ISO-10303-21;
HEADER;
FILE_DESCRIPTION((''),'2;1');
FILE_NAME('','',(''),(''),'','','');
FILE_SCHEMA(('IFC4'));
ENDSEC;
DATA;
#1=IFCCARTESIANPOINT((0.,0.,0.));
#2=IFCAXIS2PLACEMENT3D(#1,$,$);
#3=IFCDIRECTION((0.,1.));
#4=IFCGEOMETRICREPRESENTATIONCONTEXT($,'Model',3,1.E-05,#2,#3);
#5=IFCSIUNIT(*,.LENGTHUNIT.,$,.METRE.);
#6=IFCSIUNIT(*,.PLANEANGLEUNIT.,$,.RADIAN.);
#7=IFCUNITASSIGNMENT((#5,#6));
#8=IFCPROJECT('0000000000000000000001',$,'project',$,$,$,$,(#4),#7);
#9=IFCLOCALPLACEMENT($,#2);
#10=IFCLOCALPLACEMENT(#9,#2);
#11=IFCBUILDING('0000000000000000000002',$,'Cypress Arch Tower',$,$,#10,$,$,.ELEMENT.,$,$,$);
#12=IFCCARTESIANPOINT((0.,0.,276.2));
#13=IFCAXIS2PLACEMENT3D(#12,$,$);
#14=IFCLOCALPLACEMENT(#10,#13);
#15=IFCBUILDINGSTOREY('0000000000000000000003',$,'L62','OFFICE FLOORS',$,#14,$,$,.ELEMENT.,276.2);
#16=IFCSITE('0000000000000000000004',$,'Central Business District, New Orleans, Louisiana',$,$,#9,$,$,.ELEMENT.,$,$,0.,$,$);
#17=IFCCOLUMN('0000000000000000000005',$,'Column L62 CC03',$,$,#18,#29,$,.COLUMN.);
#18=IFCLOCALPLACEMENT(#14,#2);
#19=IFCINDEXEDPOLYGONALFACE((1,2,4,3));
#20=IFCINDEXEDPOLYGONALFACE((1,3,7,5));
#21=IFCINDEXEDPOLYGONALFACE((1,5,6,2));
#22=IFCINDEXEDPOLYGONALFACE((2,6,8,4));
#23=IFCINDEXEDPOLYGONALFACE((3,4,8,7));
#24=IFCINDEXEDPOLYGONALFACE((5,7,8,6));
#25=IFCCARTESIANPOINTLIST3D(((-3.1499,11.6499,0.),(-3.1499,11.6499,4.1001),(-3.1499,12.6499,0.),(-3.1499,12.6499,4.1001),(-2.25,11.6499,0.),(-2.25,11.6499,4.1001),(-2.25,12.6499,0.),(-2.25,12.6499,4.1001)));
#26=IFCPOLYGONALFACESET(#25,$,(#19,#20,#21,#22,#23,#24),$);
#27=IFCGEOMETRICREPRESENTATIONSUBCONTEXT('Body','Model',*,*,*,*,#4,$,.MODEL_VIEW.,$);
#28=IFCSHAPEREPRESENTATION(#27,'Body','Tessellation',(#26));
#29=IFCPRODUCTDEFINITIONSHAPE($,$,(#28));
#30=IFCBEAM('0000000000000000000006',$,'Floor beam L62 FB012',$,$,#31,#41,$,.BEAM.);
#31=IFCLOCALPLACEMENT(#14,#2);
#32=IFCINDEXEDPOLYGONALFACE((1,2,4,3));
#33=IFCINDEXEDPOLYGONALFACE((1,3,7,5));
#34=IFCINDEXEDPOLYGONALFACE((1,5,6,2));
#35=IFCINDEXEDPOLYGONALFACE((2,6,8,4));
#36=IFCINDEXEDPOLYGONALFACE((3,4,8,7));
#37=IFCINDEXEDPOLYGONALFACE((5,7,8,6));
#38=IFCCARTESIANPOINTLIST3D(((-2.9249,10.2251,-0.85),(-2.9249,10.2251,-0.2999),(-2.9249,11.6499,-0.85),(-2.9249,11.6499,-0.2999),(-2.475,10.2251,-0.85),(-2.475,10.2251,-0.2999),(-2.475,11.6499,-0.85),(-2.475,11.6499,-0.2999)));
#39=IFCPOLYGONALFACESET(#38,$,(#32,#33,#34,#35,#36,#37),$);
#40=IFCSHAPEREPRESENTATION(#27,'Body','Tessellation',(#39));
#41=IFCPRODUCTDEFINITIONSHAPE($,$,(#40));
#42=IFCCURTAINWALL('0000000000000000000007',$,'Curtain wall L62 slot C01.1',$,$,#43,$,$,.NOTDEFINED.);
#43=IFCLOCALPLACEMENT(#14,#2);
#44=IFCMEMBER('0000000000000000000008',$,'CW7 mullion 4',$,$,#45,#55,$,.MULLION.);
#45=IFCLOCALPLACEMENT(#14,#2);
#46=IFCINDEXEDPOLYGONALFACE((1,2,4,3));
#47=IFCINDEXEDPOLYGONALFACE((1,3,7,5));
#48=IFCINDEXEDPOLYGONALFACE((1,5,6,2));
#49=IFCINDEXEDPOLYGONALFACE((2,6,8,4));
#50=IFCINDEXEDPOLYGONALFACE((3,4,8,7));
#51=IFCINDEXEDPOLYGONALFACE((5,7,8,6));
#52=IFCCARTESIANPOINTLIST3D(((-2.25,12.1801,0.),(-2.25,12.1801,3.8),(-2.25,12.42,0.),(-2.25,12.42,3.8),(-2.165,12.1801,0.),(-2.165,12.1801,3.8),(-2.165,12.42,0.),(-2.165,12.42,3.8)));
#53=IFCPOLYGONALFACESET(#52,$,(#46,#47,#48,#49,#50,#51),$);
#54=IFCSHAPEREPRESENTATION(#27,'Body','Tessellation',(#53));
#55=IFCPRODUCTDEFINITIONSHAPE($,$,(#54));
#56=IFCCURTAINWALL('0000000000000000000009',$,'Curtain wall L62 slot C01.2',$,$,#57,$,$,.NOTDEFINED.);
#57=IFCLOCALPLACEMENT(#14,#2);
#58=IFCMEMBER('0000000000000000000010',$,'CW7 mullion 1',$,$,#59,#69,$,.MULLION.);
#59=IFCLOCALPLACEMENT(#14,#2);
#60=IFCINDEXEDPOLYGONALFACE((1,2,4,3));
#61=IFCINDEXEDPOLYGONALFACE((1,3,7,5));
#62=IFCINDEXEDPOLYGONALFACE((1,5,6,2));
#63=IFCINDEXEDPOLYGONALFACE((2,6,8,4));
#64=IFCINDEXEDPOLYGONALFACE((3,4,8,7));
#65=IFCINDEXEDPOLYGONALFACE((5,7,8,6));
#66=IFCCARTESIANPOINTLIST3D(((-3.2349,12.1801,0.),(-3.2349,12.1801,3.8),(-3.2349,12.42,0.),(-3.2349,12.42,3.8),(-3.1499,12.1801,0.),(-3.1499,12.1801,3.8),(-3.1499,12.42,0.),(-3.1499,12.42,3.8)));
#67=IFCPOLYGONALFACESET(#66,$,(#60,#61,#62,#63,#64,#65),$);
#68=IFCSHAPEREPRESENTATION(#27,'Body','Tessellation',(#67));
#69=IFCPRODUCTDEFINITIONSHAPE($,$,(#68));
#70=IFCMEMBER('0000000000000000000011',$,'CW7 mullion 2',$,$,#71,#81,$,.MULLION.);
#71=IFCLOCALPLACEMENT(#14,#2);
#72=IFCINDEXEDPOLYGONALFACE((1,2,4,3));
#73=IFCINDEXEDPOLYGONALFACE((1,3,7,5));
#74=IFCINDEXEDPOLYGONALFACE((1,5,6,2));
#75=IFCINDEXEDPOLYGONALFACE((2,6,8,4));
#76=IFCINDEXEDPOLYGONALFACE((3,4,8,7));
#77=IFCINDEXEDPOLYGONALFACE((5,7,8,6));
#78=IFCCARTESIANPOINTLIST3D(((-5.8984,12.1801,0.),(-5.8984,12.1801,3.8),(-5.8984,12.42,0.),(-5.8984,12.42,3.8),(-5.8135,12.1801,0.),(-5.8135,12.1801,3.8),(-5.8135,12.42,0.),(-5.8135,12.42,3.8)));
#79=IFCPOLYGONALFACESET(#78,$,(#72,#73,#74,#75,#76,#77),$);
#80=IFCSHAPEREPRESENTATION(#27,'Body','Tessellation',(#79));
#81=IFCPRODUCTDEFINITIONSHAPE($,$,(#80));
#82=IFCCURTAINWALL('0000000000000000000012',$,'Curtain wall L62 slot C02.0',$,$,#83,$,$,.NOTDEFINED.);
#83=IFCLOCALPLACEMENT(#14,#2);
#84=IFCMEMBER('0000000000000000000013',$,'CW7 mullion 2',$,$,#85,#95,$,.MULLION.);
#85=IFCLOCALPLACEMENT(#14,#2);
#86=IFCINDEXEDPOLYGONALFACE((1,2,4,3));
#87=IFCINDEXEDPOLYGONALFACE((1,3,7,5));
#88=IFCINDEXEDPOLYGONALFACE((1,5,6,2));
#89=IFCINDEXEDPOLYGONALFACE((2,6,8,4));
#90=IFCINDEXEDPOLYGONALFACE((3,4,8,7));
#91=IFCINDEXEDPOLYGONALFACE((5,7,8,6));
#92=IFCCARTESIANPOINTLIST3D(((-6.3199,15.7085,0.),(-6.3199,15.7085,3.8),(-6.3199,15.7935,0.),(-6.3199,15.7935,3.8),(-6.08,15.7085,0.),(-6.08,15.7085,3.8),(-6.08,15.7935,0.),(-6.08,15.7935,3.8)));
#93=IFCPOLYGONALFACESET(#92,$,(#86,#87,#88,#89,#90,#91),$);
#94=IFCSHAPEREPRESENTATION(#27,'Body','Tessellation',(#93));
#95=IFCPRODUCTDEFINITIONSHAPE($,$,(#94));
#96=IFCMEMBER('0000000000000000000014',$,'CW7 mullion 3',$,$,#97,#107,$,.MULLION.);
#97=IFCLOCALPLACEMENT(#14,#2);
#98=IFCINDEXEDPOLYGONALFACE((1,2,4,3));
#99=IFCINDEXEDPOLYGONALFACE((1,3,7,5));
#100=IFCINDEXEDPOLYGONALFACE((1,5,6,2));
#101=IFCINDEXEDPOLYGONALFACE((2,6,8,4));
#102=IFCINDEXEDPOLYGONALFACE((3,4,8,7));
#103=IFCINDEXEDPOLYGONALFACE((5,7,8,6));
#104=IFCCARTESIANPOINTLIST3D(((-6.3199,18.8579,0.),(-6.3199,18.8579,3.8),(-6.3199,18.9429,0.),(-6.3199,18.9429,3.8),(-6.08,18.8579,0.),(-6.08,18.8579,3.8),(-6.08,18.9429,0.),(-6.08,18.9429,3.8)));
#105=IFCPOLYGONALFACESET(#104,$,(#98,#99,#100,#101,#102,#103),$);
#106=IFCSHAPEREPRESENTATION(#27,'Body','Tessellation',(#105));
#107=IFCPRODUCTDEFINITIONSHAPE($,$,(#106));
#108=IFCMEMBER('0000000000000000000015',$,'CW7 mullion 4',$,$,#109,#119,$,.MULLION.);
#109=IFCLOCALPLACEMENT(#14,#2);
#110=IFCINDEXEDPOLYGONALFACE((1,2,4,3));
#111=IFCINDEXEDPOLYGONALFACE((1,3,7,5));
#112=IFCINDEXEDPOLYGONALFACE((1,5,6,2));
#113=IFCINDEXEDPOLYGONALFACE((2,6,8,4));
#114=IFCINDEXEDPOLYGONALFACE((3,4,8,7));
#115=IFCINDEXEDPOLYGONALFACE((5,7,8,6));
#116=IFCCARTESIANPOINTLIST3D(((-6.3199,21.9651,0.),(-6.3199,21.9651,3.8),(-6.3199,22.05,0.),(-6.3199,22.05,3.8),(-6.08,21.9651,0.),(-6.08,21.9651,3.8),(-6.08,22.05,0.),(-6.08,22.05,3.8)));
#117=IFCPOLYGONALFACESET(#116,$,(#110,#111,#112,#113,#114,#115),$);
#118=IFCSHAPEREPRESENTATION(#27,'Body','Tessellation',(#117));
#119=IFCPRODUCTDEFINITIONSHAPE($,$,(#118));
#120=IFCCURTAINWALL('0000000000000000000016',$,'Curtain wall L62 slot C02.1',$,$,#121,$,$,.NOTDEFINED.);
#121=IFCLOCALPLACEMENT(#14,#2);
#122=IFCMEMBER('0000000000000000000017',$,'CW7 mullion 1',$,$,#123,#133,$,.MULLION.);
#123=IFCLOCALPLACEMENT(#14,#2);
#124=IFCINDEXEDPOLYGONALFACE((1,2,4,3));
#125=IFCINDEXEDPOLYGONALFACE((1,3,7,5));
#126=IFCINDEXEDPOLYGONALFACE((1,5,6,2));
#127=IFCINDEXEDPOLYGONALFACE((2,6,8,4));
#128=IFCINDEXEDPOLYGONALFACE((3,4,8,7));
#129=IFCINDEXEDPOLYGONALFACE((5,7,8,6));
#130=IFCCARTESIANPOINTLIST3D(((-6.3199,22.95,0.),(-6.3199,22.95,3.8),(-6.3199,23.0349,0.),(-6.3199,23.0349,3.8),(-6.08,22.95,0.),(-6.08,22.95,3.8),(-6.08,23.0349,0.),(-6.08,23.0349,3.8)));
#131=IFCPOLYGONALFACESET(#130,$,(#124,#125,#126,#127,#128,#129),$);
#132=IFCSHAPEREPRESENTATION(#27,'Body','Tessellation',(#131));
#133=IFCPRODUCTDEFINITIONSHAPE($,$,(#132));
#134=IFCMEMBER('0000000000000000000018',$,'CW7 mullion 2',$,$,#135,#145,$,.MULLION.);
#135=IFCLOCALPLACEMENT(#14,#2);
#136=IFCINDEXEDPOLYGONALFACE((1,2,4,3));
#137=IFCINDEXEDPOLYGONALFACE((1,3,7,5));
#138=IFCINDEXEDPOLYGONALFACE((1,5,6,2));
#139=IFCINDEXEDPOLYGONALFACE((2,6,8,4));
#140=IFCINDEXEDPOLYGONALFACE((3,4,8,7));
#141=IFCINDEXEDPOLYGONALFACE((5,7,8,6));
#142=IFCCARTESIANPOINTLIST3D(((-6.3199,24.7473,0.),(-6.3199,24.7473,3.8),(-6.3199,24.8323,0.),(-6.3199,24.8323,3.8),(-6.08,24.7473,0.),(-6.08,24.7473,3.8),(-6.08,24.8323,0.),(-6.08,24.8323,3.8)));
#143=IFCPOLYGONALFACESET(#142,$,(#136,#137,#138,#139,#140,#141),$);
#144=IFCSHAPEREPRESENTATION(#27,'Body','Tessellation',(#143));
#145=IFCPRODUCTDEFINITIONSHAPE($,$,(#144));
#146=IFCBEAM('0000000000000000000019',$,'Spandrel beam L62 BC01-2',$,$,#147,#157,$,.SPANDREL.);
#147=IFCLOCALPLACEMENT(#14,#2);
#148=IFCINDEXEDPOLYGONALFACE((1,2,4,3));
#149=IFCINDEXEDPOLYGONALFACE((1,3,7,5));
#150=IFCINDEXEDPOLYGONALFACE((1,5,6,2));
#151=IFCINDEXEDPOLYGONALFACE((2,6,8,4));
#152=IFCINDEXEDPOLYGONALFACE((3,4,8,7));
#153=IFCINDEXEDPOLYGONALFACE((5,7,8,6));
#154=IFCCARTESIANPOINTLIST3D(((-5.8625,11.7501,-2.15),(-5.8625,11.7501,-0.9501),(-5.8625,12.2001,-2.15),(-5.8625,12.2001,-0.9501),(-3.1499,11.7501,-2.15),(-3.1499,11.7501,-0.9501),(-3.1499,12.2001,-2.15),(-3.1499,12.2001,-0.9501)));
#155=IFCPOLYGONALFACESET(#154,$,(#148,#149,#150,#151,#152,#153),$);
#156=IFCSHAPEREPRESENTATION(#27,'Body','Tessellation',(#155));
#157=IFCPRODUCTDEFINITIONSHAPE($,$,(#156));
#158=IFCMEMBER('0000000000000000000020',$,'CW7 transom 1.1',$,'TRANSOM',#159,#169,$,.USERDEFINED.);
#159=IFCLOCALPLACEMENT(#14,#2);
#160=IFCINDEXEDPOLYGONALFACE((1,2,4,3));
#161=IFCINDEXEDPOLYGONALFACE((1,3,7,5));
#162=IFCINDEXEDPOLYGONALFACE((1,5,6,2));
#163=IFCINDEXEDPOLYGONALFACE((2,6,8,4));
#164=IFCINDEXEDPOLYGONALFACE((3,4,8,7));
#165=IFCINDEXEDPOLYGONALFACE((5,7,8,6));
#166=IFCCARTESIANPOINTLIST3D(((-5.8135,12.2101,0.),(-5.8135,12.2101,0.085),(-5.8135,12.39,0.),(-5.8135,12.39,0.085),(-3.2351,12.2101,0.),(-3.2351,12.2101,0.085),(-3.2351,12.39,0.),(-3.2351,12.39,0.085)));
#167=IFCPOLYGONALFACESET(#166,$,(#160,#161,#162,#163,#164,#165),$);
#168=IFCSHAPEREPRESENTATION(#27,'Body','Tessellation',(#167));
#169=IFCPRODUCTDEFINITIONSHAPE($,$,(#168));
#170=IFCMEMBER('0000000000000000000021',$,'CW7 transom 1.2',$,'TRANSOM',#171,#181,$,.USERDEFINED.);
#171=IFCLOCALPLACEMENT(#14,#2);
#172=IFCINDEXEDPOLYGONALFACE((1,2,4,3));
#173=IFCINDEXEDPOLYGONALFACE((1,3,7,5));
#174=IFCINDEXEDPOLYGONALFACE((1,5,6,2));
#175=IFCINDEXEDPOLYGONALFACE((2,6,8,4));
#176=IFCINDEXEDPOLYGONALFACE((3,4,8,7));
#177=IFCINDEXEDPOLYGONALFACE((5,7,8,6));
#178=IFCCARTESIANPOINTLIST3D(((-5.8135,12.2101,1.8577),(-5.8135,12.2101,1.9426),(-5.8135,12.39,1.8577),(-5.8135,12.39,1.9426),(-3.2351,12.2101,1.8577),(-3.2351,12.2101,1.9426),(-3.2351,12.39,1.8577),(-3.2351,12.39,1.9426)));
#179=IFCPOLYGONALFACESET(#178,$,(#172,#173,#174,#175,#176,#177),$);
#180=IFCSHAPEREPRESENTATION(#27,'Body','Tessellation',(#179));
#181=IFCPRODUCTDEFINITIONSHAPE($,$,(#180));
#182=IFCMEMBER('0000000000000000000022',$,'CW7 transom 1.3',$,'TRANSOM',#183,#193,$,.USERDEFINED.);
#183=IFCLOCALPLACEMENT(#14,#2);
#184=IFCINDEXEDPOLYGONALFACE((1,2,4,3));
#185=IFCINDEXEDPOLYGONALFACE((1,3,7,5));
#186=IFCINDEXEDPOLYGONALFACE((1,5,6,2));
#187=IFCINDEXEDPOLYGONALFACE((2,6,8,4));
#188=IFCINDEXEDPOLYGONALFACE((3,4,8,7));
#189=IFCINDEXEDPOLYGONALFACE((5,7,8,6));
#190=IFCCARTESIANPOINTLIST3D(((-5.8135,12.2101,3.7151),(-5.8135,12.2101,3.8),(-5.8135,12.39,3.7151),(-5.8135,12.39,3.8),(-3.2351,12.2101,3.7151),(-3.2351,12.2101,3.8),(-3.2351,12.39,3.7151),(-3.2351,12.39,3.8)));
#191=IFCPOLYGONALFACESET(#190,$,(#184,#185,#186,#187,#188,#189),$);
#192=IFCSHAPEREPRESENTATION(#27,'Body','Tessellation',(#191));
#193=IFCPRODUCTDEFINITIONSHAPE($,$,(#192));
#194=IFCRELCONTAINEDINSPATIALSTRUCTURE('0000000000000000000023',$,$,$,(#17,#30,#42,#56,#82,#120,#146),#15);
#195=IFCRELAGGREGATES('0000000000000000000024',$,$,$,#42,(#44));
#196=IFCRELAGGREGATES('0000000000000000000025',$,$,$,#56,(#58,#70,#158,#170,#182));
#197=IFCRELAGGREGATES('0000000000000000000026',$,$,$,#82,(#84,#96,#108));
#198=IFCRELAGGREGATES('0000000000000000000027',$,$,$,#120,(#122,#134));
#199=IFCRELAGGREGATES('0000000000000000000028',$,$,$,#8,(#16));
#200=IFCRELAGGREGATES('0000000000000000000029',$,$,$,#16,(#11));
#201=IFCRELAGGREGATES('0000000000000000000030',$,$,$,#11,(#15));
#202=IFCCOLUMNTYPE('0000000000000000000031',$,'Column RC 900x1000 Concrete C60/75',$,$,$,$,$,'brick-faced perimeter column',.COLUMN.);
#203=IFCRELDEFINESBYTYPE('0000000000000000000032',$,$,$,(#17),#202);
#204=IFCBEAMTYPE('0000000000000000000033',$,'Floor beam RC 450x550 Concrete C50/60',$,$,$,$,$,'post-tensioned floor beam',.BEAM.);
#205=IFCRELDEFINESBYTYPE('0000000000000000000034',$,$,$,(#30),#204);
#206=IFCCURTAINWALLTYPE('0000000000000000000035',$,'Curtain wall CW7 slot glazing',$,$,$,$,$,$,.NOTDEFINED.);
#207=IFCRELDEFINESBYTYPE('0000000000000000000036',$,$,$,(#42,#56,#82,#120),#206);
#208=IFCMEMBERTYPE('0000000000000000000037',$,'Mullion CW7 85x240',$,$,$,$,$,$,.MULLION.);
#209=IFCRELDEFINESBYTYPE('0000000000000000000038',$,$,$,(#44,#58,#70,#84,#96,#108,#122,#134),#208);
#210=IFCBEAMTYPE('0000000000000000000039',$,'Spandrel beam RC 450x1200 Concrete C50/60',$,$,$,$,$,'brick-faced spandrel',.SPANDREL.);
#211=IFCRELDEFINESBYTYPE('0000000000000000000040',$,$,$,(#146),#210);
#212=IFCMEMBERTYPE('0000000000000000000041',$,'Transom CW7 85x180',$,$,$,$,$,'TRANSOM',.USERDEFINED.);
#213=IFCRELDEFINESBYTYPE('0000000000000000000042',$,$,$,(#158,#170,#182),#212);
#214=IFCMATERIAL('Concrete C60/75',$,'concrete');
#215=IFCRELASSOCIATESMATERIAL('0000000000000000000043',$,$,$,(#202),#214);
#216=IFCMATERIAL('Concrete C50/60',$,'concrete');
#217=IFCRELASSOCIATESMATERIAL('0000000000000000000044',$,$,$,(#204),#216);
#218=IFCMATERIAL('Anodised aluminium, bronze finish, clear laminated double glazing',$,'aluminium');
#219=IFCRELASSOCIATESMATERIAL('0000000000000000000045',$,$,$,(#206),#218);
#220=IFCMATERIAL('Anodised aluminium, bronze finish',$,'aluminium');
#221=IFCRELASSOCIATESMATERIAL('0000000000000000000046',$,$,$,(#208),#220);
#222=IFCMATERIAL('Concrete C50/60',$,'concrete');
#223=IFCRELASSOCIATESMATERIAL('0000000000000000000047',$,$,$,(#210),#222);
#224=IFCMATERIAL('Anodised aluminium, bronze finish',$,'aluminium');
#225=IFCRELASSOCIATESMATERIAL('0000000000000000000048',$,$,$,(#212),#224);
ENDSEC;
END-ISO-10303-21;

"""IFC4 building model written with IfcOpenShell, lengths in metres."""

from ifc_helpers import new_model, si_unit, direction, frame, origin, origin_2d, place, context, subcontext, project, spatial, rectangle, extrude, material, material_profile, profile_set, type_object, element, aggregate, save


model = new_model("IFC4")

# Units and contexts
model_context = context("Model", 3, precision=1e-05, world=origin(), true_north=direction((0.0, 1.0)))
body_context = subcontext(model_context, "Body", "Model", "MODEL_VIEW")
ifc_project = project(units=[si_unit("LENGTHUNIT", "METRE"), si_unit("PLANEANGLEUNIT", "RADIAN")], contexts=[model_context])

# Site, building, storey
site_placement = place(None, origin())
site = spatial("IfcSite", under=ifc_project, at=site_placement, Name="Central Business District, New Orleans, Louisiana", CompositionType="ELEMENT", RefElevation=0.0)
building_placement = place(site_placement, origin())
building = spatial("IfcBuilding", under=site, at=building_placement, Name="Cypress Arch Tower", CompositionType="ELEMENT")
storey_placement = place(building_placement, frame((0.0, 0.0, 276.2)))
storey = spatial("IfcBuildingStorey", under=building, at=storey_placement, Name="L62", Description="OFFICE FLOORS", CompositionType="ELEMENT", Elevation=276.2)

# Column
ifc_material_1 = material(Name="Concrete C60/75", Category="concrete")
ifc_material_profile_1 = material_profile(ifc_material_1, rectangle(XDim=0.8999, YDim=1.0, at=origin_2d()), Name="RC 900x1000")
ifc_profile_set_1 = profile_set([ifc_material_profile_1], Name="Concrete C60/75")
column_type = type_object("IfcColumnType", Name="Column RC 900x1000 Concrete C60/75", ElementType="brick-faced perimeter column", PredefinedType="COLUMN", material=ifc_profile_set_1)
column_placement = place(storey_placement, frame((-2.7, 12.1499, 0.0), z_axis=(0.0, 0.0, 1.0), x_axis=(-1.0, 0.0, 0.0)))
element("IfcColumn", 1, at=column_placement, inside=storey, type_object=column_type, Name="Column L62 CC03", PredefinedType="COLUMN", context=body_context, shape_type="SweptSolid", body=[
    extrude(rectangle(XDim=0.8999, YDim=1.0, at=origin_2d()), origin(), (0.0, 0.0, 1.0), 4.1001),
])

# Beam
ifc_material_2 = material(Name="Concrete C50/60", Category="concrete")
ifc_material_profile_2 = material_profile(ifc_material_2, rectangle(XDim=0.45, YDim=0.55, at=origin_2d()), Name="RC 450x550")
ifc_profile_set_2 = profile_set([ifc_material_profile_2], Name="Concrete C50/60")
beam_type_1 = type_object("IfcBeamType", Name="Floor beam RC 450x550 Concrete C50/60", ElementType="post-tensioned floor beam", PredefinedType="BEAM", material=ifc_profile_set_2)
beam_1_placement = place(storey_placement, frame((-2.7, 10.2251, -0.575), z_axis=(0.0, 1.0, 0.0), x_axis=(-1.0, 0.0, 0.0)))
element("IfcBeam", 2, at=beam_1_placement, inside=storey, type_object=beam_type_1, Name="Floor beam L62 FB012", PredefinedType="BEAM", context=body_context, shape_type="SweptSolid", body=[
    extrude(rectangle(XDim=0.45, YDim=0.55, at=origin_2d()), origin(), (0.0, 0.0, 1.0), 1.4248),
])

# Curtain wall, member
ifc_material_3 = material(Name="Anodised aluminium, bronze finish, clear laminated double glazing", Category="aluminium")
curtain_wall_type = type_object("IfcCurtainWallType", Name="Curtain wall CW7 slot glazing", PredefinedType="NOTDEFINED", material=ifc_material_3)
curtain_wall_1_placement = place(storey_placement, origin())
curtain_wall_1 = element("IfcCurtainWall", 3, at=curtain_wall_1_placement, inside=storey, type_object=curtain_wall_type, Name="Curtain wall L62 slot C01.1", PredefinedType="NOTDEFINED")
ifc_material_4 = material(Name="Anodised aluminium, bronze finish", Category="aluminium")
ifc_material_profile_3 = material_profile(ifc_material_4, rectangle(XDim=0.24, YDim=0.085, at=origin_2d()), Name="Mullion 85x240")
ifc_profile_set_3 = profile_set([ifc_material_profile_3], Name="Anodised aluminium, bronze finish")
member_type_1 = type_object("IfcMemberType", Name="Mullion CW7 85x240", PredefinedType="MULLION", material=ifc_profile_set_3)
member_1_placement = place(storey_placement, frame((-2.2075, 12.3, 0.0), z_axis=(0.0, 0.0, 1.0), x_axis=(0.0, -1.0, 0.0)))
member_1 = element("IfcMember", 4, at=member_1_placement, type_object=member_type_1, Name="CW7 mullion 4", PredefinedType="MULLION", context=body_context, shape_type="SweptSolid", body=[
    extrude(rectangle(XDim=0.24, YDim=0.085, at=origin_2d()), origin(), (0.0, 0.0, 1.0), 3.8),
])

# Curtain walls, members
curtain_wall_2_placement = place(storey_placement, origin())
curtain_wall_2 = element("IfcCurtainWall", 5, at=curtain_wall_2_placement, inside=storey, type_object=curtain_wall_type, Name="Curtain wall L62 slot C01.2", PredefinedType="NOTDEFINED")
member_2_placement = place(storey_placement, frame((-3.1924, 12.3, 0.0), z_axis=(0.0, 0.0, 1.0), x_axis=(0.0, -1.0, 0.0)))
member_2 = element("IfcMember", 6, at=member_2_placement, type_object=member_type_1, Name="CW7 mullion 1", PredefinedType="MULLION", context=body_context, shape_type="SweptSolid", body=[
    extrude(rectangle(XDim=0.24, YDim=0.085, at=origin_2d()), origin(), (0.0, 0.0, 1.0), 3.8),
])
member_3_placement = place(storey_placement, frame((-5.856, 12.3, 0.0), z_axis=(0.0, 0.0, 1.0), x_axis=(0.0, -1.0, 0.0)))
member_3 = element("IfcMember", 7, at=member_3_placement, type_object=member_type_1, Name="CW7 mullion 2", PredefinedType="MULLION", context=body_context, shape_type="SweptSolid", body=[
    extrude(rectangle(XDim=0.24, YDim=0.085, at=origin_2d()), origin(), (0.0, 0.0, 1.0), 3.8),
])
curtain_wall_3_placement = place(storey_placement, origin())
curtain_wall_3 = element("IfcCurtainWall", 8, at=curtain_wall_3_placement, inside=storey, type_object=curtain_wall_type, Name="Curtain wall L62 slot C02.0", PredefinedType="NOTDEFINED")
member_4_placement = place(storey_placement, frame((-6.2, 15.751, 0.0), z_axis=(0.0, 0.0, 1.0), x_axis=(-1.0, 0.0, 0.0)))
member_4 = element("IfcMember", 9, at=member_4_placement, type_object=member_type_1, Name="CW7 mullion 2", PredefinedType="MULLION", context=body_context, shape_type="SweptSolid", body=[
    extrude(rectangle(XDim=0.24, YDim=0.085, at=origin_2d()), origin(), (0.0, 0.0, 1.0), 3.8),
])
member_5_placement = place(storey_placement, frame((-6.2, 18.9004, 0.0), z_axis=(0.0, 0.0, 1.0), x_axis=(-1.0, 0.0, 0.0)))
member_5 = element("IfcMember", 10, at=member_5_placement, type_object=member_type_1, Name="CW7 mullion 3", PredefinedType="MULLION", context=body_context, shape_type="SweptSolid", body=[
    extrude(rectangle(XDim=0.24, YDim=0.085, at=origin_2d()), origin(), (0.0, 0.0, 1.0), 3.8),
])
member_6_placement = place(storey_placement, frame((-6.2, 22.0076, 0.0), z_axis=(0.0, 0.0, 1.0), x_axis=(-1.0, 0.0, 0.0)))
member_6 = element("IfcMember", 11, at=member_6_placement, type_object=member_type_1, Name="CW7 mullion 4", PredefinedType="MULLION", context=body_context, shape_type="SweptSolid", body=[
    extrude(rectangle(XDim=0.24, YDim=0.085, at=origin_2d()), origin(), (0.0, 0.0, 1.0), 3.8),
])
curtain_wall_4_placement = place(storey_placement, origin())
curtain_wall_4 = element("IfcCurtainWall", 12, at=curtain_wall_4_placement, inside=storey, type_object=curtain_wall_type, Name="Curtain wall L62 slot C02.1", PredefinedType="NOTDEFINED")
member_7_placement = place(storey_placement, frame((-6.2, 22.9924, 0.0), z_axis=(0.0, 0.0, 1.0), x_axis=(-1.0, 0.0, 0.0)))
member_7 = element("IfcMember", 13, at=member_7_placement, type_object=member_type_1, Name="CW7 mullion 1", PredefinedType="MULLION", context=body_context, shape_type="SweptSolid", body=[
    extrude(rectangle(XDim=0.24, YDim=0.085, at=origin_2d()), origin(), (0.0, 0.0, 1.0), 3.8),
])
member_8_placement = place(storey_placement, frame((-6.2, 24.7898, 0.0), z_axis=(0.0, 0.0, 1.0), x_axis=(-1.0, 0.0, 0.0)))
member_8 = element("IfcMember", 14, at=member_8_placement, type_object=member_type_1, Name="CW7 mullion 2", PredefinedType="MULLION", context=body_context, shape_type="SweptSolid", body=[
    extrude(rectangle(XDim=0.24, YDim=0.085, at=origin_2d()), origin(), (0.0, 0.0, 1.0), 3.8),
])

# Beam
ifc_material_5 = material(Name="Concrete C50/60", Category="concrete")
ifc_material_profile_4 = material_profile(ifc_material_5, rectangle(XDim=0.45, YDim=1.2, at=origin_2d()), Name="RC 450x1200")
ifc_profile_set_4 = profile_set([ifc_material_profile_4], Name="Concrete C50/60")
beam_type_2 = type_object("IfcBeamType", Name="Spandrel beam RC 450x1200 Concrete C50/60", ElementType="brick-faced spandrel", PredefinedType="SPANDREL", material=ifc_profile_set_4)
beam_2_placement = place(storey_placement, frame((-3.1499, 11.9751, -1.55), z_axis=(-1.0, 0.0, 0.0), x_axis=(0.0, -1.0, 0.0)))
element("IfcBeam", 15, at=beam_2_placement, inside=storey, type_object=beam_type_2, Name="Spandrel beam L62 BC01-2", PredefinedType="SPANDREL", context=body_context, shape_type="SweptSolid", body=[
    extrude(rectangle(XDim=0.45, YDim=1.2, at=origin_2d()), origin(), (0.0, 0.0, 1.0), 2.7126),
])

# Members
ifc_material_6 = material(Name="Anodised aluminium, bronze finish", Category="aluminium")
ifc_material_profile_5 = material_profile(ifc_material_6, rectangle(XDim=0.1799, YDim=0.085, at=origin_2d()), Name="Transom 85x180")
ifc_profile_set_5 = profile_set([ifc_material_profile_5], Name="Anodised aluminium, bronze finish")
member_type_2 = type_object("IfcMemberType", Name="Transom CW7 85x180", ElementType="TRANSOM", PredefinedType="USERDEFINED", material=ifc_profile_set_5)
member_9_placement = place(storey_placement, frame((-3.2351, 12.3, 0.0425), z_axis=(-1.0, 0.0, 0.0), x_axis=(0.0, -1.0, 0.0)))
member_9 = element("IfcMember", 16, at=member_9_placement, type_object=member_type_2, Name="CW7 transom 1.1", ObjectType="TRANSOM", PredefinedType="USERDEFINED", context=body_context, shape_type="SweptSolid", body=[
    extrude(rectangle(XDim=0.1799, YDim=0.085, at=origin_2d()), origin(), (0.0, 0.0, 1.0), 2.5784),
])
member_10_placement = place(storey_placement, frame((-3.2351, 12.3, 1.9001), z_axis=(-1.0, 0.0, 0.0), x_axis=(0.0, -1.0, 0.0)))
member_10 = element("IfcMember", 17, at=member_10_placement, type_object=member_type_2, Name="CW7 transom 1.2", ObjectType="TRANSOM", PredefinedType="USERDEFINED", context=body_context, shape_type="SweptSolid", body=[
    extrude(rectangle(XDim=0.1799, YDim=0.085, at=origin_2d()), origin(), (0.0, 0.0, 1.0), 2.5784),
])
member_11_placement = place(storey_placement, frame((-3.2351, 12.3, 3.7576), z_axis=(-1.0, 0.0, 0.0), x_axis=(0.0, -1.0, 0.0)))
member_11 = element("IfcMember", 18, at=member_11_placement, type_object=member_type_2, Name="CW7 transom 1.3", ObjectType="TRANSOM", PredefinedType="USERDEFINED", context=body_context, shape_type="SweptSolid", body=[
    extrude(rectangle(XDim=0.1799, YDim=0.085, at=origin_2d()), origin(), (0.0, 0.0, 1.0), 2.5784),
])

aggregate(curtain_wall_1, [member_1])
aggregate(curtain_wall_2, [member_2, member_3, member_9, member_10, member_11])
aggregate(curtain_wall_3, [member_4, member_5, member_6])
aggregate(curtain_wall_4, [member_7, member_8])

save(model, "model.ifc")
